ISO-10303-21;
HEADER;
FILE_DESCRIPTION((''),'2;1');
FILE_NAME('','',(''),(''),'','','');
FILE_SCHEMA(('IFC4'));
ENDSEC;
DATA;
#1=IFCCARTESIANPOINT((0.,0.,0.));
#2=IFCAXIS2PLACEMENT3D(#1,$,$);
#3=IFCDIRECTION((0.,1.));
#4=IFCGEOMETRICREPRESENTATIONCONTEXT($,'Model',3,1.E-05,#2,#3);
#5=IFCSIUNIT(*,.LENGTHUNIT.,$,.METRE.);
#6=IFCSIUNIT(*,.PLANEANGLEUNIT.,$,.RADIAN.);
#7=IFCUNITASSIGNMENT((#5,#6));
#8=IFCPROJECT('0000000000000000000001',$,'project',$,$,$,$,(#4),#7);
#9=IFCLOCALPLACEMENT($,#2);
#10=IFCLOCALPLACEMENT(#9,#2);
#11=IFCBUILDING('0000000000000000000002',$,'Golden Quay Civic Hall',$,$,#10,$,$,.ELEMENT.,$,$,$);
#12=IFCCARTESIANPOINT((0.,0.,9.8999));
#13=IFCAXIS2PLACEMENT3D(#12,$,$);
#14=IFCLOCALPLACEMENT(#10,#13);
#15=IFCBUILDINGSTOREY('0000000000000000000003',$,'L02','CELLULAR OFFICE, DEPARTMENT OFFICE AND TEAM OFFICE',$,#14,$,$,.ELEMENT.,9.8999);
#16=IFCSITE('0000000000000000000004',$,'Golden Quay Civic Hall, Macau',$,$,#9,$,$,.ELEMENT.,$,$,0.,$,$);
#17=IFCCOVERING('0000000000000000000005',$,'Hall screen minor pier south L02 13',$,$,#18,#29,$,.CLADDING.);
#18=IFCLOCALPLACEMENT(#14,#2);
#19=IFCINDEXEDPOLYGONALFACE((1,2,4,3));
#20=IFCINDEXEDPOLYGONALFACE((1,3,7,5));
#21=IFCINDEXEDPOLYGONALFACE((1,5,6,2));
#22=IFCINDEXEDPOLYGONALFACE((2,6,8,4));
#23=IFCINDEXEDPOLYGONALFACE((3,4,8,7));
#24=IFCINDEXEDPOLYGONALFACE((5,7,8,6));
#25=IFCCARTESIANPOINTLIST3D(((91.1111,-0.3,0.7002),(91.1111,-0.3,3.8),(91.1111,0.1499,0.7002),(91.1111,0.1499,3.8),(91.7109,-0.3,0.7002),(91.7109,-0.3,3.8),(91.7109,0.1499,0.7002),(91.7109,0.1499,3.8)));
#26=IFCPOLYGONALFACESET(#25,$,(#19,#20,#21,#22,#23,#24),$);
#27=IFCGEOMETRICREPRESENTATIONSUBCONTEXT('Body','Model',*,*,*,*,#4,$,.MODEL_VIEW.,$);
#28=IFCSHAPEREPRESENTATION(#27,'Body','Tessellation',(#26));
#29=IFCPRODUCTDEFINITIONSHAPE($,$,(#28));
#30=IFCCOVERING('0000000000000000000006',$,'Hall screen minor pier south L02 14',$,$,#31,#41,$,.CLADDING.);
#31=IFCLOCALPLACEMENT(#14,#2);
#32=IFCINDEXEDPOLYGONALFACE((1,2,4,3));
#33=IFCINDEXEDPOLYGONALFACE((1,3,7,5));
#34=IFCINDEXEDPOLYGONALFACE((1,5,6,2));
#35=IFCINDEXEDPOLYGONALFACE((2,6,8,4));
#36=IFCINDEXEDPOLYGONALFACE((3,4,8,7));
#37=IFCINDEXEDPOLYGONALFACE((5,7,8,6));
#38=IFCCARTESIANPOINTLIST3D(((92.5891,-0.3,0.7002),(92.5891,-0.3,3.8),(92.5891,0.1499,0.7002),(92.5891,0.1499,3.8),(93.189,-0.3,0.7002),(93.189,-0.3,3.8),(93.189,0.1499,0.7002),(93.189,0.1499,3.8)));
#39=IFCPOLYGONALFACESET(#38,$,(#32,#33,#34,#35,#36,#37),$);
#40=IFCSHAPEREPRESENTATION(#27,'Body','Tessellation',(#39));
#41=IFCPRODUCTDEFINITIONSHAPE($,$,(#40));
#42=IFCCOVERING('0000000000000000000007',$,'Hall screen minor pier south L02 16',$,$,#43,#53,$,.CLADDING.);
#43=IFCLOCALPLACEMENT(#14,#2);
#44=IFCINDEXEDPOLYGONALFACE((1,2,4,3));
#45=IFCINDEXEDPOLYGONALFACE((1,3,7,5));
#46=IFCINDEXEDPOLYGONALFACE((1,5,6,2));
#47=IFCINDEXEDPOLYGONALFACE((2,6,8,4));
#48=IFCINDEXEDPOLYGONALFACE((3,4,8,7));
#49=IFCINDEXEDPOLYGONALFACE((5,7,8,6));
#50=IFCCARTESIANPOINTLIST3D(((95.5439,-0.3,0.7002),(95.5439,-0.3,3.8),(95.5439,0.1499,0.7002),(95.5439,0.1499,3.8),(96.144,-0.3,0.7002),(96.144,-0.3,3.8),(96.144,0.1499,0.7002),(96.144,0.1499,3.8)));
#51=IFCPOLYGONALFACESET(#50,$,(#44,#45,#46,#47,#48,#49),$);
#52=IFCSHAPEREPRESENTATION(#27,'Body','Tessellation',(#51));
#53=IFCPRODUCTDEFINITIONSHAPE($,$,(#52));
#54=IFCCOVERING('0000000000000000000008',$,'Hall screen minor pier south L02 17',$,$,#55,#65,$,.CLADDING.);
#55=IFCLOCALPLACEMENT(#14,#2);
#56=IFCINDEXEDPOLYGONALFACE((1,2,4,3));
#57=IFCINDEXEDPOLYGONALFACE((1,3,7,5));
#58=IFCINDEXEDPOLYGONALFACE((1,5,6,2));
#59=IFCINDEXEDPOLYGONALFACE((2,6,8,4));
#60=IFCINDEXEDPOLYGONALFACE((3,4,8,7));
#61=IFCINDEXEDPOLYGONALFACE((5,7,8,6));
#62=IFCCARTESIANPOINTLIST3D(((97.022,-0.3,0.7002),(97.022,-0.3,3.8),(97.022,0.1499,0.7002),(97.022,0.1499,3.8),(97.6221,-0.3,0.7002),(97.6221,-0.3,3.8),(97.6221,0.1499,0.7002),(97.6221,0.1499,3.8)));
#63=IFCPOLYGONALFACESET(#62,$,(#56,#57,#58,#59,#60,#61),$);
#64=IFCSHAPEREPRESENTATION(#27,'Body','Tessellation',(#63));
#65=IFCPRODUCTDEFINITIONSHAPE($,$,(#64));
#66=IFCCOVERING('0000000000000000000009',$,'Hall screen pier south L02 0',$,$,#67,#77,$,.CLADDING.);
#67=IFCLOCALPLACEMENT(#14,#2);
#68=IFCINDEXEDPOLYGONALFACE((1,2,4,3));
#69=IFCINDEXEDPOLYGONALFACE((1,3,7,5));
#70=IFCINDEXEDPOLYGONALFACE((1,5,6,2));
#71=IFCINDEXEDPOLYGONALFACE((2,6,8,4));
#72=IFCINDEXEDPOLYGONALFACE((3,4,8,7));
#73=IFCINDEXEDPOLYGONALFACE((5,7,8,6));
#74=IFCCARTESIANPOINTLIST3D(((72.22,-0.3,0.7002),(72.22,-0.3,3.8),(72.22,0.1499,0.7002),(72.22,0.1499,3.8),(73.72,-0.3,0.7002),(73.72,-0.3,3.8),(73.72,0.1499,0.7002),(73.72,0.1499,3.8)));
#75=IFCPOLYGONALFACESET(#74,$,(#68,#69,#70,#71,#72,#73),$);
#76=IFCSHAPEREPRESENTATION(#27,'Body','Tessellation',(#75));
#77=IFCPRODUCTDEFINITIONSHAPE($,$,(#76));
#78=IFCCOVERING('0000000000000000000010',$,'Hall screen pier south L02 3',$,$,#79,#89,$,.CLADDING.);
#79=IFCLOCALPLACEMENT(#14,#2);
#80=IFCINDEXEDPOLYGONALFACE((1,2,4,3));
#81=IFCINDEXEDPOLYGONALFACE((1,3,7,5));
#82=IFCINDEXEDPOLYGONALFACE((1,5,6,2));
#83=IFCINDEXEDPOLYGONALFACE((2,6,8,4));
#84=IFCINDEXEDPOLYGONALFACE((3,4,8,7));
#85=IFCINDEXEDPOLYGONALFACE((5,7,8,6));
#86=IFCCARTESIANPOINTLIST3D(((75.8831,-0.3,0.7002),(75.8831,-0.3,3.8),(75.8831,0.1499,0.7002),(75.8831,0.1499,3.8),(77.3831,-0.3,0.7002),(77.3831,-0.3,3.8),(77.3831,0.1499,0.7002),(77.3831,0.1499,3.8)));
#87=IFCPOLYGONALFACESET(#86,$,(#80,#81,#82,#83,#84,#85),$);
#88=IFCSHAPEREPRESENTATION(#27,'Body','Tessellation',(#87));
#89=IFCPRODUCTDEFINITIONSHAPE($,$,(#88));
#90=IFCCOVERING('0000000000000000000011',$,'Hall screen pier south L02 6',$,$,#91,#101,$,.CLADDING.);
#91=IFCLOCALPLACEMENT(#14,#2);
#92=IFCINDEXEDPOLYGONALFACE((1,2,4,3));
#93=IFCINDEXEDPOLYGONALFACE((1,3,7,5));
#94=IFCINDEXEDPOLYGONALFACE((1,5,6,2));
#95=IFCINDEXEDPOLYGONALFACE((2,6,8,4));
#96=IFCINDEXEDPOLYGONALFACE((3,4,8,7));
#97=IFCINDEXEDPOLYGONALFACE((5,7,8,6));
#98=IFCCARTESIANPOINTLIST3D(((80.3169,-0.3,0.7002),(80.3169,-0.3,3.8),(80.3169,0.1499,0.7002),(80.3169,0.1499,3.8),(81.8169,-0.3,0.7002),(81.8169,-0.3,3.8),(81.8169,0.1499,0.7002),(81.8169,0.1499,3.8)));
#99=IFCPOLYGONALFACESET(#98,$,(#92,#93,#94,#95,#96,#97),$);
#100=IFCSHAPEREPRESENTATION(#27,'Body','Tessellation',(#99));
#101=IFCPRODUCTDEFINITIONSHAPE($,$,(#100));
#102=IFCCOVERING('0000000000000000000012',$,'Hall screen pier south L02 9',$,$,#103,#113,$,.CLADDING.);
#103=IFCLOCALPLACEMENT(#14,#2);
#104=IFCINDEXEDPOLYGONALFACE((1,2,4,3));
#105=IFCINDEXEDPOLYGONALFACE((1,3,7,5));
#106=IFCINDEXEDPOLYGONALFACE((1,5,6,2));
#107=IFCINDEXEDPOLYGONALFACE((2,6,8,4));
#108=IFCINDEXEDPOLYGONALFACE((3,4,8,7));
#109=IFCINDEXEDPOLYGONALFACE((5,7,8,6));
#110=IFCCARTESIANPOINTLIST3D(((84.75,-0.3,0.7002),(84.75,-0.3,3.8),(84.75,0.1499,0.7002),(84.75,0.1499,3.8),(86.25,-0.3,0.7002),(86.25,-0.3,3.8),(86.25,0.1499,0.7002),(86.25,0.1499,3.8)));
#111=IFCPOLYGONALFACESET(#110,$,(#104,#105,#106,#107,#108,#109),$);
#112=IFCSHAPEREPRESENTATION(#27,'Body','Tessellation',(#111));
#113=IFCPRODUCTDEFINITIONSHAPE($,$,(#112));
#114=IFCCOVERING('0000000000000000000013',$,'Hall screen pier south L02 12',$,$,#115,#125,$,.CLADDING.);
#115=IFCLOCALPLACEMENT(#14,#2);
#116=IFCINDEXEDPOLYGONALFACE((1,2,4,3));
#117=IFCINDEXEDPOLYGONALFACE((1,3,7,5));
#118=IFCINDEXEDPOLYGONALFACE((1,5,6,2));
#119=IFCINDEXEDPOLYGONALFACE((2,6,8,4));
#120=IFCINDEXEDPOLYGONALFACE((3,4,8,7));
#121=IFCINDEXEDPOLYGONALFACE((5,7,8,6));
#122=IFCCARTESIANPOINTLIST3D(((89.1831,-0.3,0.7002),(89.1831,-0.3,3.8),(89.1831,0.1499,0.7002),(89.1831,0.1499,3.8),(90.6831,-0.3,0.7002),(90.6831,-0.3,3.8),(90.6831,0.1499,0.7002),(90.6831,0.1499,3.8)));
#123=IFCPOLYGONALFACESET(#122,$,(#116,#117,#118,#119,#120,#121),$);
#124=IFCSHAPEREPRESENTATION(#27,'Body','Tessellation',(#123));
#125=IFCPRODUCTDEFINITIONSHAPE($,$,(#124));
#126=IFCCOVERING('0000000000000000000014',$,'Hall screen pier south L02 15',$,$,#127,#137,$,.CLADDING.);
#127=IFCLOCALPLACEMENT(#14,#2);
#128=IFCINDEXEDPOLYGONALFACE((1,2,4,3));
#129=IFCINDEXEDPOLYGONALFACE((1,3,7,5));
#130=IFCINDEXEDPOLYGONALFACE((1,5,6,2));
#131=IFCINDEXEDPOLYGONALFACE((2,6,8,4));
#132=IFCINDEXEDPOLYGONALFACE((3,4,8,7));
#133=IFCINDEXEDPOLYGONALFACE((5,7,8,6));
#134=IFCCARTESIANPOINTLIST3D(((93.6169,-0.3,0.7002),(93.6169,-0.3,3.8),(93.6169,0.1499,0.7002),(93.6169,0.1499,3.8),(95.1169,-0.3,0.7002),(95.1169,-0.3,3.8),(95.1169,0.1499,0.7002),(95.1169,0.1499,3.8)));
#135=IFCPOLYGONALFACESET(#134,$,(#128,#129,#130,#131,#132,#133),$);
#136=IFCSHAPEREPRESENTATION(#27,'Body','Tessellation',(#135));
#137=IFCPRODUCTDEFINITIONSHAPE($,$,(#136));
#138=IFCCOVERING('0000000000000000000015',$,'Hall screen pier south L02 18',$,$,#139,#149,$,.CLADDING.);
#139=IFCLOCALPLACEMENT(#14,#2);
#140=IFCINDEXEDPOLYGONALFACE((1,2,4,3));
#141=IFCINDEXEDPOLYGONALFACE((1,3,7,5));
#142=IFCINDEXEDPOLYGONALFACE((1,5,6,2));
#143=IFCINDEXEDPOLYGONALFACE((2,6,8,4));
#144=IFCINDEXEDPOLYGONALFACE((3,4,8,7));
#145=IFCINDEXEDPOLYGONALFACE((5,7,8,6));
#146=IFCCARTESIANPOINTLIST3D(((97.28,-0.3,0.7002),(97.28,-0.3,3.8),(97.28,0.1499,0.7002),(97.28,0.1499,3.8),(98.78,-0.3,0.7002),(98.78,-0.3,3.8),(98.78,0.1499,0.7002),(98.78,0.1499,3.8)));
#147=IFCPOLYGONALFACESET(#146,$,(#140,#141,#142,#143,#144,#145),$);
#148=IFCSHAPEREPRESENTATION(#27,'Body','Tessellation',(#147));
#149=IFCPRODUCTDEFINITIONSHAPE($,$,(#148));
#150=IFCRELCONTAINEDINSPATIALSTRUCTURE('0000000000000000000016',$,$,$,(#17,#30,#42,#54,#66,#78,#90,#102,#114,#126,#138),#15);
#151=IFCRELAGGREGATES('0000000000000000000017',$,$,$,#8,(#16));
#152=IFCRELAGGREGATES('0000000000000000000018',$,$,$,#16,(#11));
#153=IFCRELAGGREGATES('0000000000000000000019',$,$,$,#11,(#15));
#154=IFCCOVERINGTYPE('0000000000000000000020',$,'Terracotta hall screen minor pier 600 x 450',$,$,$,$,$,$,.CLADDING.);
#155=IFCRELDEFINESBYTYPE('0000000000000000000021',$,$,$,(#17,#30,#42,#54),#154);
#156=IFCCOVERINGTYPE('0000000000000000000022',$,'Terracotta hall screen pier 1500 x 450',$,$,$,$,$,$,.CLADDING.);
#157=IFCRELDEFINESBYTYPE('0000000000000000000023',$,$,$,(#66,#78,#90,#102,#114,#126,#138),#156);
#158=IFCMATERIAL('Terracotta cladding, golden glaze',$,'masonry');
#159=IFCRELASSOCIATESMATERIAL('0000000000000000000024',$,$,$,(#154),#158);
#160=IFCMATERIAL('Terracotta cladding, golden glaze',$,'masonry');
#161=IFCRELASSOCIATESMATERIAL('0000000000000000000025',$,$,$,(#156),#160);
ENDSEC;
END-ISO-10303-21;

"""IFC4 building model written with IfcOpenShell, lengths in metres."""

from ifc_helpers import new_model, si_unit, direction, frame, origin, place, context, subcontext, project, spatial, polyline, outline, extrude, material, type_object, element, save


model = new_model("IFC4")

# Units and contexts
model_context = context("Model", 3, precision=1e-05, world=origin(), true_north=direction((0.0, 1.0)))
body_context = subcontext(model_context, "Body", "Model", "MODEL_VIEW")
ifc_project = project(units=[si_unit("LENGTHUNIT", "METRE"), si_unit("PLANEANGLEUNIT", "RADIAN")], contexts=[model_context])

# Site, building, storey
site_placement = place(None, origin())
site = spatial("IfcSite", under=ifc_project, at=site_placement, Name="Golden Quay Civic Hall, Macau", CompositionType="ELEMENT", RefElevation=0.0)
building_placement = place(site_placement, origin())
building = spatial("IfcBuilding", under=site, at=building_placement, Name="Golden Quay Civic Hall", CompositionType="ELEMENT")
storey_placement = place(building_placement, frame((0.0, 0.0, 9.8999)))
storey = spatial("IfcBuildingStorey", under=building, at=storey_placement, Name="L02", Description="CELLULAR OFFICE, DEPARTMENT OFFICE AND TEAM OFFICE", CompositionType="ELEMENT", Elevation=9.8999)

# Coverings
ifc_material_1 = material(Name="Terracotta cladding, golden glaze", Category="masonry")
covering_type_1 = type_object("IfcCoveringType", Name="Terracotta hall screen minor pier 600 x 450", PredefinedType="CLADDING", material=ifc_material_1)
covering_1_placement = place(storey_placement, frame((0.0, 0.0, 0.7002)))
element("IfcCovering", 1, at=covering_1_placement, inside=storey, type_object=covering_type_1, Name="Hall screen minor pier south L02 13", PredefinedType="CLADDING", context=body_context, shape_type="SweptSolid", body=[
    extrude(outline(polyline([(91.1111, -0.3), (91.7109, -0.3), (91.7109, 0.1499), (91.1111, 0.1499), (91.1111, -0.3)])), origin(), (0.0, 0.0, 1.0), 3.0999),
])
covering_2_placement = place(storey_placement, frame((0.0, 0.0, 0.7002)))
element("IfcCovering", 2, at=covering_2_placement, inside=storey, type_object=covering_type_1, Name="Hall screen minor pier south L02 14", PredefinedType="CLADDING", context=body_context, shape_type="SweptSolid", body=[
    extrude(outline(polyline([(92.5891, -0.3), (93.189, -0.3), (93.189, 0.1499), (92.5891, 0.1499), (92.5891, -0.3)])), origin(), (0.0, 0.0, 1.0), 3.0999),
])
covering_3_placement = place(storey_placement, frame((0.0, 0.0, 0.7002)))
element("IfcCovering", 3, at=covering_3_placement, inside=storey, type_object=covering_type_1, Name="Hall screen minor pier south L02 16", PredefinedType="CLADDING", context=body_context, shape_type="SweptSolid", body=[
    extrude(outline(polyline([(95.5439, -0.3), (96.144, -0.3), (96.144, 0.1499), (95.5439, 0.1499), (95.5439, -0.3)])), origin(), (0.0, 0.0, 1.0), 3.0999),
])
covering_4_placement = place(storey_placement, frame((0.0, 0.0, 0.7002)))
element("IfcCovering", 4, at=covering_4_placement, inside=storey, type_object=covering_type_1, Name="Hall screen minor pier south L02 17", PredefinedType="CLADDING", context=body_context, shape_type="SweptSolid", body=[
    extrude(outline(polyline([(97.022, -0.3), (97.6221, -0.3), (97.6221, 0.1499), (97.022, 0.1499), (97.022, -0.3)])), origin(), (0.0, 0.0, 1.0), 3.0999),
])
ifc_material_2 = material(Name="Terracotta cladding, golden glaze", Category="masonry")
covering_type_2 = type_object("IfcCoveringType", Name="Terracotta hall screen pier 1500 x 450", PredefinedType="CLADDING", material=ifc_material_2)
covering_5_placement = place(storey_placement, frame((0.0, 0.0, 0.7002)))
element("IfcCovering", 5, at=covering_5_placement, inside=storey, type_object=covering_type_2, Name="Hall screen pier south L02 0", PredefinedType="CLADDING", context=body_context, shape_type="SweptSolid", body=[
    extrude(outline(polyline([(72.22, -0.3), (73.72, -0.3), (73.72, 0.1499), (72.22, 0.1499), (72.22, -0.3)])), origin(), (0.0, 0.0, 1.0), 3.0999),
])
covering_6_placement = place(storey_placement, frame((0.0, 0.0, 0.7002)))
element("IfcCovering", 6, at=covering_6_placement, inside=storey, type_object=covering_type_2, Name="Hall screen pier south L02 3", PredefinedType="CLADDING", context=body_context, shape_type="SweptSolid", body=[
    extrude(outline(polyline([(75.8831, -0.3), (77.3831, -0.3), (77.3831, 0.1499), (75.8831, 0.1499), (75.8831, -0.3)])), origin(), (0.0, 0.0, 1.0), 3.0999),
])
covering_7_placement = place(storey_placement, frame((0.0, 0.0, 0.7002)))
element("IfcCovering", 7, at=covering_7_placement, inside=storey, type_object=covering_type_2, Name="Hall screen pier south L02 6", PredefinedType="CLADDING", context=body_context, shape_type="SweptSolid", body=[
    extrude(outline(polyline([(80.3169, -0.3), (81.8169, -0.3), (81.8169, 0.1499), (80.3169, 0.1499), (80.3169, -0.3)])), origin(), (0.0, 0.0, 1.0), 3.0999),
])
covering_8_placement = place(storey_placement, frame((0.0, 0.0, 0.7002)))
element("IfcCovering", 8, at=covering_8_placement, inside=storey, type_object=covering_type_2, Name="Hall screen pier south L02 9", PredefinedType="CLADDING", context=body_context, shape_type="SweptSolid", body=[
    extrude(outline(polyline([(84.75, -0.3), (86.25, -0.3), (86.25, 0.1499), (84.75, 0.1499), (84.75, -0.3)])), origin(), (0.0, 0.0, 1.0), 3.0999),
])
covering_9_placement = place(storey_placement, frame((0.0, 0.0, 0.7002)))
element("IfcCovering", 9, at=covering_9_placement, inside=storey, type_object=covering_type_2, Name="Hall screen pier south L02 12", PredefinedType="CLADDING", context=body_context, shape_type="SweptSolid", body=[
    extrude(outline(polyline([(89.1831, -0.3), (90.6831, -0.3), (90.6831, 0.1499), (89.1831, 0.1499), (89.1831, -0.3)])), origin(), (0.0, 0.0, 1.0), 3.0999),
])
covering_10_placement = place(storey_placement, frame((0.0, 0.0, 0.7002)))
element("IfcCovering", 10, at=covering_10_placement, inside=storey, type_object=covering_type_2, Name="Hall screen pier south L02 15", PredefinedType="CLADDING", context=body_context, shape_type="SweptSolid", body=[
    extrude(outline(polyline([(93.6169, -0.3), (95.1169, -0.3), (95.1169, 0.1499), (93.6169, 0.1499), (93.6169, -0.3)])), origin(), (0.0, 0.0, 1.0), 3.0999),
])
covering_11_placement = place(storey_placement, frame((0.0, 0.0, 0.7002)))
element("IfcCovering", 11, at=covering_11_placement, inside=storey, type_object=covering_type_2, Name="Hall screen pier south L02 18", PredefinedType="CLADDING", context=body_context, shape_type="SweptSolid", body=[
    extrude(outline(polyline([(97.28, -0.3), (98.78, -0.3), (98.78, 0.1499), (97.28, 0.1499), (97.28, -0.3)])), origin(), (0.0, 0.0, 1.0), 3.0999),
])

save(model, "model.ifc")
